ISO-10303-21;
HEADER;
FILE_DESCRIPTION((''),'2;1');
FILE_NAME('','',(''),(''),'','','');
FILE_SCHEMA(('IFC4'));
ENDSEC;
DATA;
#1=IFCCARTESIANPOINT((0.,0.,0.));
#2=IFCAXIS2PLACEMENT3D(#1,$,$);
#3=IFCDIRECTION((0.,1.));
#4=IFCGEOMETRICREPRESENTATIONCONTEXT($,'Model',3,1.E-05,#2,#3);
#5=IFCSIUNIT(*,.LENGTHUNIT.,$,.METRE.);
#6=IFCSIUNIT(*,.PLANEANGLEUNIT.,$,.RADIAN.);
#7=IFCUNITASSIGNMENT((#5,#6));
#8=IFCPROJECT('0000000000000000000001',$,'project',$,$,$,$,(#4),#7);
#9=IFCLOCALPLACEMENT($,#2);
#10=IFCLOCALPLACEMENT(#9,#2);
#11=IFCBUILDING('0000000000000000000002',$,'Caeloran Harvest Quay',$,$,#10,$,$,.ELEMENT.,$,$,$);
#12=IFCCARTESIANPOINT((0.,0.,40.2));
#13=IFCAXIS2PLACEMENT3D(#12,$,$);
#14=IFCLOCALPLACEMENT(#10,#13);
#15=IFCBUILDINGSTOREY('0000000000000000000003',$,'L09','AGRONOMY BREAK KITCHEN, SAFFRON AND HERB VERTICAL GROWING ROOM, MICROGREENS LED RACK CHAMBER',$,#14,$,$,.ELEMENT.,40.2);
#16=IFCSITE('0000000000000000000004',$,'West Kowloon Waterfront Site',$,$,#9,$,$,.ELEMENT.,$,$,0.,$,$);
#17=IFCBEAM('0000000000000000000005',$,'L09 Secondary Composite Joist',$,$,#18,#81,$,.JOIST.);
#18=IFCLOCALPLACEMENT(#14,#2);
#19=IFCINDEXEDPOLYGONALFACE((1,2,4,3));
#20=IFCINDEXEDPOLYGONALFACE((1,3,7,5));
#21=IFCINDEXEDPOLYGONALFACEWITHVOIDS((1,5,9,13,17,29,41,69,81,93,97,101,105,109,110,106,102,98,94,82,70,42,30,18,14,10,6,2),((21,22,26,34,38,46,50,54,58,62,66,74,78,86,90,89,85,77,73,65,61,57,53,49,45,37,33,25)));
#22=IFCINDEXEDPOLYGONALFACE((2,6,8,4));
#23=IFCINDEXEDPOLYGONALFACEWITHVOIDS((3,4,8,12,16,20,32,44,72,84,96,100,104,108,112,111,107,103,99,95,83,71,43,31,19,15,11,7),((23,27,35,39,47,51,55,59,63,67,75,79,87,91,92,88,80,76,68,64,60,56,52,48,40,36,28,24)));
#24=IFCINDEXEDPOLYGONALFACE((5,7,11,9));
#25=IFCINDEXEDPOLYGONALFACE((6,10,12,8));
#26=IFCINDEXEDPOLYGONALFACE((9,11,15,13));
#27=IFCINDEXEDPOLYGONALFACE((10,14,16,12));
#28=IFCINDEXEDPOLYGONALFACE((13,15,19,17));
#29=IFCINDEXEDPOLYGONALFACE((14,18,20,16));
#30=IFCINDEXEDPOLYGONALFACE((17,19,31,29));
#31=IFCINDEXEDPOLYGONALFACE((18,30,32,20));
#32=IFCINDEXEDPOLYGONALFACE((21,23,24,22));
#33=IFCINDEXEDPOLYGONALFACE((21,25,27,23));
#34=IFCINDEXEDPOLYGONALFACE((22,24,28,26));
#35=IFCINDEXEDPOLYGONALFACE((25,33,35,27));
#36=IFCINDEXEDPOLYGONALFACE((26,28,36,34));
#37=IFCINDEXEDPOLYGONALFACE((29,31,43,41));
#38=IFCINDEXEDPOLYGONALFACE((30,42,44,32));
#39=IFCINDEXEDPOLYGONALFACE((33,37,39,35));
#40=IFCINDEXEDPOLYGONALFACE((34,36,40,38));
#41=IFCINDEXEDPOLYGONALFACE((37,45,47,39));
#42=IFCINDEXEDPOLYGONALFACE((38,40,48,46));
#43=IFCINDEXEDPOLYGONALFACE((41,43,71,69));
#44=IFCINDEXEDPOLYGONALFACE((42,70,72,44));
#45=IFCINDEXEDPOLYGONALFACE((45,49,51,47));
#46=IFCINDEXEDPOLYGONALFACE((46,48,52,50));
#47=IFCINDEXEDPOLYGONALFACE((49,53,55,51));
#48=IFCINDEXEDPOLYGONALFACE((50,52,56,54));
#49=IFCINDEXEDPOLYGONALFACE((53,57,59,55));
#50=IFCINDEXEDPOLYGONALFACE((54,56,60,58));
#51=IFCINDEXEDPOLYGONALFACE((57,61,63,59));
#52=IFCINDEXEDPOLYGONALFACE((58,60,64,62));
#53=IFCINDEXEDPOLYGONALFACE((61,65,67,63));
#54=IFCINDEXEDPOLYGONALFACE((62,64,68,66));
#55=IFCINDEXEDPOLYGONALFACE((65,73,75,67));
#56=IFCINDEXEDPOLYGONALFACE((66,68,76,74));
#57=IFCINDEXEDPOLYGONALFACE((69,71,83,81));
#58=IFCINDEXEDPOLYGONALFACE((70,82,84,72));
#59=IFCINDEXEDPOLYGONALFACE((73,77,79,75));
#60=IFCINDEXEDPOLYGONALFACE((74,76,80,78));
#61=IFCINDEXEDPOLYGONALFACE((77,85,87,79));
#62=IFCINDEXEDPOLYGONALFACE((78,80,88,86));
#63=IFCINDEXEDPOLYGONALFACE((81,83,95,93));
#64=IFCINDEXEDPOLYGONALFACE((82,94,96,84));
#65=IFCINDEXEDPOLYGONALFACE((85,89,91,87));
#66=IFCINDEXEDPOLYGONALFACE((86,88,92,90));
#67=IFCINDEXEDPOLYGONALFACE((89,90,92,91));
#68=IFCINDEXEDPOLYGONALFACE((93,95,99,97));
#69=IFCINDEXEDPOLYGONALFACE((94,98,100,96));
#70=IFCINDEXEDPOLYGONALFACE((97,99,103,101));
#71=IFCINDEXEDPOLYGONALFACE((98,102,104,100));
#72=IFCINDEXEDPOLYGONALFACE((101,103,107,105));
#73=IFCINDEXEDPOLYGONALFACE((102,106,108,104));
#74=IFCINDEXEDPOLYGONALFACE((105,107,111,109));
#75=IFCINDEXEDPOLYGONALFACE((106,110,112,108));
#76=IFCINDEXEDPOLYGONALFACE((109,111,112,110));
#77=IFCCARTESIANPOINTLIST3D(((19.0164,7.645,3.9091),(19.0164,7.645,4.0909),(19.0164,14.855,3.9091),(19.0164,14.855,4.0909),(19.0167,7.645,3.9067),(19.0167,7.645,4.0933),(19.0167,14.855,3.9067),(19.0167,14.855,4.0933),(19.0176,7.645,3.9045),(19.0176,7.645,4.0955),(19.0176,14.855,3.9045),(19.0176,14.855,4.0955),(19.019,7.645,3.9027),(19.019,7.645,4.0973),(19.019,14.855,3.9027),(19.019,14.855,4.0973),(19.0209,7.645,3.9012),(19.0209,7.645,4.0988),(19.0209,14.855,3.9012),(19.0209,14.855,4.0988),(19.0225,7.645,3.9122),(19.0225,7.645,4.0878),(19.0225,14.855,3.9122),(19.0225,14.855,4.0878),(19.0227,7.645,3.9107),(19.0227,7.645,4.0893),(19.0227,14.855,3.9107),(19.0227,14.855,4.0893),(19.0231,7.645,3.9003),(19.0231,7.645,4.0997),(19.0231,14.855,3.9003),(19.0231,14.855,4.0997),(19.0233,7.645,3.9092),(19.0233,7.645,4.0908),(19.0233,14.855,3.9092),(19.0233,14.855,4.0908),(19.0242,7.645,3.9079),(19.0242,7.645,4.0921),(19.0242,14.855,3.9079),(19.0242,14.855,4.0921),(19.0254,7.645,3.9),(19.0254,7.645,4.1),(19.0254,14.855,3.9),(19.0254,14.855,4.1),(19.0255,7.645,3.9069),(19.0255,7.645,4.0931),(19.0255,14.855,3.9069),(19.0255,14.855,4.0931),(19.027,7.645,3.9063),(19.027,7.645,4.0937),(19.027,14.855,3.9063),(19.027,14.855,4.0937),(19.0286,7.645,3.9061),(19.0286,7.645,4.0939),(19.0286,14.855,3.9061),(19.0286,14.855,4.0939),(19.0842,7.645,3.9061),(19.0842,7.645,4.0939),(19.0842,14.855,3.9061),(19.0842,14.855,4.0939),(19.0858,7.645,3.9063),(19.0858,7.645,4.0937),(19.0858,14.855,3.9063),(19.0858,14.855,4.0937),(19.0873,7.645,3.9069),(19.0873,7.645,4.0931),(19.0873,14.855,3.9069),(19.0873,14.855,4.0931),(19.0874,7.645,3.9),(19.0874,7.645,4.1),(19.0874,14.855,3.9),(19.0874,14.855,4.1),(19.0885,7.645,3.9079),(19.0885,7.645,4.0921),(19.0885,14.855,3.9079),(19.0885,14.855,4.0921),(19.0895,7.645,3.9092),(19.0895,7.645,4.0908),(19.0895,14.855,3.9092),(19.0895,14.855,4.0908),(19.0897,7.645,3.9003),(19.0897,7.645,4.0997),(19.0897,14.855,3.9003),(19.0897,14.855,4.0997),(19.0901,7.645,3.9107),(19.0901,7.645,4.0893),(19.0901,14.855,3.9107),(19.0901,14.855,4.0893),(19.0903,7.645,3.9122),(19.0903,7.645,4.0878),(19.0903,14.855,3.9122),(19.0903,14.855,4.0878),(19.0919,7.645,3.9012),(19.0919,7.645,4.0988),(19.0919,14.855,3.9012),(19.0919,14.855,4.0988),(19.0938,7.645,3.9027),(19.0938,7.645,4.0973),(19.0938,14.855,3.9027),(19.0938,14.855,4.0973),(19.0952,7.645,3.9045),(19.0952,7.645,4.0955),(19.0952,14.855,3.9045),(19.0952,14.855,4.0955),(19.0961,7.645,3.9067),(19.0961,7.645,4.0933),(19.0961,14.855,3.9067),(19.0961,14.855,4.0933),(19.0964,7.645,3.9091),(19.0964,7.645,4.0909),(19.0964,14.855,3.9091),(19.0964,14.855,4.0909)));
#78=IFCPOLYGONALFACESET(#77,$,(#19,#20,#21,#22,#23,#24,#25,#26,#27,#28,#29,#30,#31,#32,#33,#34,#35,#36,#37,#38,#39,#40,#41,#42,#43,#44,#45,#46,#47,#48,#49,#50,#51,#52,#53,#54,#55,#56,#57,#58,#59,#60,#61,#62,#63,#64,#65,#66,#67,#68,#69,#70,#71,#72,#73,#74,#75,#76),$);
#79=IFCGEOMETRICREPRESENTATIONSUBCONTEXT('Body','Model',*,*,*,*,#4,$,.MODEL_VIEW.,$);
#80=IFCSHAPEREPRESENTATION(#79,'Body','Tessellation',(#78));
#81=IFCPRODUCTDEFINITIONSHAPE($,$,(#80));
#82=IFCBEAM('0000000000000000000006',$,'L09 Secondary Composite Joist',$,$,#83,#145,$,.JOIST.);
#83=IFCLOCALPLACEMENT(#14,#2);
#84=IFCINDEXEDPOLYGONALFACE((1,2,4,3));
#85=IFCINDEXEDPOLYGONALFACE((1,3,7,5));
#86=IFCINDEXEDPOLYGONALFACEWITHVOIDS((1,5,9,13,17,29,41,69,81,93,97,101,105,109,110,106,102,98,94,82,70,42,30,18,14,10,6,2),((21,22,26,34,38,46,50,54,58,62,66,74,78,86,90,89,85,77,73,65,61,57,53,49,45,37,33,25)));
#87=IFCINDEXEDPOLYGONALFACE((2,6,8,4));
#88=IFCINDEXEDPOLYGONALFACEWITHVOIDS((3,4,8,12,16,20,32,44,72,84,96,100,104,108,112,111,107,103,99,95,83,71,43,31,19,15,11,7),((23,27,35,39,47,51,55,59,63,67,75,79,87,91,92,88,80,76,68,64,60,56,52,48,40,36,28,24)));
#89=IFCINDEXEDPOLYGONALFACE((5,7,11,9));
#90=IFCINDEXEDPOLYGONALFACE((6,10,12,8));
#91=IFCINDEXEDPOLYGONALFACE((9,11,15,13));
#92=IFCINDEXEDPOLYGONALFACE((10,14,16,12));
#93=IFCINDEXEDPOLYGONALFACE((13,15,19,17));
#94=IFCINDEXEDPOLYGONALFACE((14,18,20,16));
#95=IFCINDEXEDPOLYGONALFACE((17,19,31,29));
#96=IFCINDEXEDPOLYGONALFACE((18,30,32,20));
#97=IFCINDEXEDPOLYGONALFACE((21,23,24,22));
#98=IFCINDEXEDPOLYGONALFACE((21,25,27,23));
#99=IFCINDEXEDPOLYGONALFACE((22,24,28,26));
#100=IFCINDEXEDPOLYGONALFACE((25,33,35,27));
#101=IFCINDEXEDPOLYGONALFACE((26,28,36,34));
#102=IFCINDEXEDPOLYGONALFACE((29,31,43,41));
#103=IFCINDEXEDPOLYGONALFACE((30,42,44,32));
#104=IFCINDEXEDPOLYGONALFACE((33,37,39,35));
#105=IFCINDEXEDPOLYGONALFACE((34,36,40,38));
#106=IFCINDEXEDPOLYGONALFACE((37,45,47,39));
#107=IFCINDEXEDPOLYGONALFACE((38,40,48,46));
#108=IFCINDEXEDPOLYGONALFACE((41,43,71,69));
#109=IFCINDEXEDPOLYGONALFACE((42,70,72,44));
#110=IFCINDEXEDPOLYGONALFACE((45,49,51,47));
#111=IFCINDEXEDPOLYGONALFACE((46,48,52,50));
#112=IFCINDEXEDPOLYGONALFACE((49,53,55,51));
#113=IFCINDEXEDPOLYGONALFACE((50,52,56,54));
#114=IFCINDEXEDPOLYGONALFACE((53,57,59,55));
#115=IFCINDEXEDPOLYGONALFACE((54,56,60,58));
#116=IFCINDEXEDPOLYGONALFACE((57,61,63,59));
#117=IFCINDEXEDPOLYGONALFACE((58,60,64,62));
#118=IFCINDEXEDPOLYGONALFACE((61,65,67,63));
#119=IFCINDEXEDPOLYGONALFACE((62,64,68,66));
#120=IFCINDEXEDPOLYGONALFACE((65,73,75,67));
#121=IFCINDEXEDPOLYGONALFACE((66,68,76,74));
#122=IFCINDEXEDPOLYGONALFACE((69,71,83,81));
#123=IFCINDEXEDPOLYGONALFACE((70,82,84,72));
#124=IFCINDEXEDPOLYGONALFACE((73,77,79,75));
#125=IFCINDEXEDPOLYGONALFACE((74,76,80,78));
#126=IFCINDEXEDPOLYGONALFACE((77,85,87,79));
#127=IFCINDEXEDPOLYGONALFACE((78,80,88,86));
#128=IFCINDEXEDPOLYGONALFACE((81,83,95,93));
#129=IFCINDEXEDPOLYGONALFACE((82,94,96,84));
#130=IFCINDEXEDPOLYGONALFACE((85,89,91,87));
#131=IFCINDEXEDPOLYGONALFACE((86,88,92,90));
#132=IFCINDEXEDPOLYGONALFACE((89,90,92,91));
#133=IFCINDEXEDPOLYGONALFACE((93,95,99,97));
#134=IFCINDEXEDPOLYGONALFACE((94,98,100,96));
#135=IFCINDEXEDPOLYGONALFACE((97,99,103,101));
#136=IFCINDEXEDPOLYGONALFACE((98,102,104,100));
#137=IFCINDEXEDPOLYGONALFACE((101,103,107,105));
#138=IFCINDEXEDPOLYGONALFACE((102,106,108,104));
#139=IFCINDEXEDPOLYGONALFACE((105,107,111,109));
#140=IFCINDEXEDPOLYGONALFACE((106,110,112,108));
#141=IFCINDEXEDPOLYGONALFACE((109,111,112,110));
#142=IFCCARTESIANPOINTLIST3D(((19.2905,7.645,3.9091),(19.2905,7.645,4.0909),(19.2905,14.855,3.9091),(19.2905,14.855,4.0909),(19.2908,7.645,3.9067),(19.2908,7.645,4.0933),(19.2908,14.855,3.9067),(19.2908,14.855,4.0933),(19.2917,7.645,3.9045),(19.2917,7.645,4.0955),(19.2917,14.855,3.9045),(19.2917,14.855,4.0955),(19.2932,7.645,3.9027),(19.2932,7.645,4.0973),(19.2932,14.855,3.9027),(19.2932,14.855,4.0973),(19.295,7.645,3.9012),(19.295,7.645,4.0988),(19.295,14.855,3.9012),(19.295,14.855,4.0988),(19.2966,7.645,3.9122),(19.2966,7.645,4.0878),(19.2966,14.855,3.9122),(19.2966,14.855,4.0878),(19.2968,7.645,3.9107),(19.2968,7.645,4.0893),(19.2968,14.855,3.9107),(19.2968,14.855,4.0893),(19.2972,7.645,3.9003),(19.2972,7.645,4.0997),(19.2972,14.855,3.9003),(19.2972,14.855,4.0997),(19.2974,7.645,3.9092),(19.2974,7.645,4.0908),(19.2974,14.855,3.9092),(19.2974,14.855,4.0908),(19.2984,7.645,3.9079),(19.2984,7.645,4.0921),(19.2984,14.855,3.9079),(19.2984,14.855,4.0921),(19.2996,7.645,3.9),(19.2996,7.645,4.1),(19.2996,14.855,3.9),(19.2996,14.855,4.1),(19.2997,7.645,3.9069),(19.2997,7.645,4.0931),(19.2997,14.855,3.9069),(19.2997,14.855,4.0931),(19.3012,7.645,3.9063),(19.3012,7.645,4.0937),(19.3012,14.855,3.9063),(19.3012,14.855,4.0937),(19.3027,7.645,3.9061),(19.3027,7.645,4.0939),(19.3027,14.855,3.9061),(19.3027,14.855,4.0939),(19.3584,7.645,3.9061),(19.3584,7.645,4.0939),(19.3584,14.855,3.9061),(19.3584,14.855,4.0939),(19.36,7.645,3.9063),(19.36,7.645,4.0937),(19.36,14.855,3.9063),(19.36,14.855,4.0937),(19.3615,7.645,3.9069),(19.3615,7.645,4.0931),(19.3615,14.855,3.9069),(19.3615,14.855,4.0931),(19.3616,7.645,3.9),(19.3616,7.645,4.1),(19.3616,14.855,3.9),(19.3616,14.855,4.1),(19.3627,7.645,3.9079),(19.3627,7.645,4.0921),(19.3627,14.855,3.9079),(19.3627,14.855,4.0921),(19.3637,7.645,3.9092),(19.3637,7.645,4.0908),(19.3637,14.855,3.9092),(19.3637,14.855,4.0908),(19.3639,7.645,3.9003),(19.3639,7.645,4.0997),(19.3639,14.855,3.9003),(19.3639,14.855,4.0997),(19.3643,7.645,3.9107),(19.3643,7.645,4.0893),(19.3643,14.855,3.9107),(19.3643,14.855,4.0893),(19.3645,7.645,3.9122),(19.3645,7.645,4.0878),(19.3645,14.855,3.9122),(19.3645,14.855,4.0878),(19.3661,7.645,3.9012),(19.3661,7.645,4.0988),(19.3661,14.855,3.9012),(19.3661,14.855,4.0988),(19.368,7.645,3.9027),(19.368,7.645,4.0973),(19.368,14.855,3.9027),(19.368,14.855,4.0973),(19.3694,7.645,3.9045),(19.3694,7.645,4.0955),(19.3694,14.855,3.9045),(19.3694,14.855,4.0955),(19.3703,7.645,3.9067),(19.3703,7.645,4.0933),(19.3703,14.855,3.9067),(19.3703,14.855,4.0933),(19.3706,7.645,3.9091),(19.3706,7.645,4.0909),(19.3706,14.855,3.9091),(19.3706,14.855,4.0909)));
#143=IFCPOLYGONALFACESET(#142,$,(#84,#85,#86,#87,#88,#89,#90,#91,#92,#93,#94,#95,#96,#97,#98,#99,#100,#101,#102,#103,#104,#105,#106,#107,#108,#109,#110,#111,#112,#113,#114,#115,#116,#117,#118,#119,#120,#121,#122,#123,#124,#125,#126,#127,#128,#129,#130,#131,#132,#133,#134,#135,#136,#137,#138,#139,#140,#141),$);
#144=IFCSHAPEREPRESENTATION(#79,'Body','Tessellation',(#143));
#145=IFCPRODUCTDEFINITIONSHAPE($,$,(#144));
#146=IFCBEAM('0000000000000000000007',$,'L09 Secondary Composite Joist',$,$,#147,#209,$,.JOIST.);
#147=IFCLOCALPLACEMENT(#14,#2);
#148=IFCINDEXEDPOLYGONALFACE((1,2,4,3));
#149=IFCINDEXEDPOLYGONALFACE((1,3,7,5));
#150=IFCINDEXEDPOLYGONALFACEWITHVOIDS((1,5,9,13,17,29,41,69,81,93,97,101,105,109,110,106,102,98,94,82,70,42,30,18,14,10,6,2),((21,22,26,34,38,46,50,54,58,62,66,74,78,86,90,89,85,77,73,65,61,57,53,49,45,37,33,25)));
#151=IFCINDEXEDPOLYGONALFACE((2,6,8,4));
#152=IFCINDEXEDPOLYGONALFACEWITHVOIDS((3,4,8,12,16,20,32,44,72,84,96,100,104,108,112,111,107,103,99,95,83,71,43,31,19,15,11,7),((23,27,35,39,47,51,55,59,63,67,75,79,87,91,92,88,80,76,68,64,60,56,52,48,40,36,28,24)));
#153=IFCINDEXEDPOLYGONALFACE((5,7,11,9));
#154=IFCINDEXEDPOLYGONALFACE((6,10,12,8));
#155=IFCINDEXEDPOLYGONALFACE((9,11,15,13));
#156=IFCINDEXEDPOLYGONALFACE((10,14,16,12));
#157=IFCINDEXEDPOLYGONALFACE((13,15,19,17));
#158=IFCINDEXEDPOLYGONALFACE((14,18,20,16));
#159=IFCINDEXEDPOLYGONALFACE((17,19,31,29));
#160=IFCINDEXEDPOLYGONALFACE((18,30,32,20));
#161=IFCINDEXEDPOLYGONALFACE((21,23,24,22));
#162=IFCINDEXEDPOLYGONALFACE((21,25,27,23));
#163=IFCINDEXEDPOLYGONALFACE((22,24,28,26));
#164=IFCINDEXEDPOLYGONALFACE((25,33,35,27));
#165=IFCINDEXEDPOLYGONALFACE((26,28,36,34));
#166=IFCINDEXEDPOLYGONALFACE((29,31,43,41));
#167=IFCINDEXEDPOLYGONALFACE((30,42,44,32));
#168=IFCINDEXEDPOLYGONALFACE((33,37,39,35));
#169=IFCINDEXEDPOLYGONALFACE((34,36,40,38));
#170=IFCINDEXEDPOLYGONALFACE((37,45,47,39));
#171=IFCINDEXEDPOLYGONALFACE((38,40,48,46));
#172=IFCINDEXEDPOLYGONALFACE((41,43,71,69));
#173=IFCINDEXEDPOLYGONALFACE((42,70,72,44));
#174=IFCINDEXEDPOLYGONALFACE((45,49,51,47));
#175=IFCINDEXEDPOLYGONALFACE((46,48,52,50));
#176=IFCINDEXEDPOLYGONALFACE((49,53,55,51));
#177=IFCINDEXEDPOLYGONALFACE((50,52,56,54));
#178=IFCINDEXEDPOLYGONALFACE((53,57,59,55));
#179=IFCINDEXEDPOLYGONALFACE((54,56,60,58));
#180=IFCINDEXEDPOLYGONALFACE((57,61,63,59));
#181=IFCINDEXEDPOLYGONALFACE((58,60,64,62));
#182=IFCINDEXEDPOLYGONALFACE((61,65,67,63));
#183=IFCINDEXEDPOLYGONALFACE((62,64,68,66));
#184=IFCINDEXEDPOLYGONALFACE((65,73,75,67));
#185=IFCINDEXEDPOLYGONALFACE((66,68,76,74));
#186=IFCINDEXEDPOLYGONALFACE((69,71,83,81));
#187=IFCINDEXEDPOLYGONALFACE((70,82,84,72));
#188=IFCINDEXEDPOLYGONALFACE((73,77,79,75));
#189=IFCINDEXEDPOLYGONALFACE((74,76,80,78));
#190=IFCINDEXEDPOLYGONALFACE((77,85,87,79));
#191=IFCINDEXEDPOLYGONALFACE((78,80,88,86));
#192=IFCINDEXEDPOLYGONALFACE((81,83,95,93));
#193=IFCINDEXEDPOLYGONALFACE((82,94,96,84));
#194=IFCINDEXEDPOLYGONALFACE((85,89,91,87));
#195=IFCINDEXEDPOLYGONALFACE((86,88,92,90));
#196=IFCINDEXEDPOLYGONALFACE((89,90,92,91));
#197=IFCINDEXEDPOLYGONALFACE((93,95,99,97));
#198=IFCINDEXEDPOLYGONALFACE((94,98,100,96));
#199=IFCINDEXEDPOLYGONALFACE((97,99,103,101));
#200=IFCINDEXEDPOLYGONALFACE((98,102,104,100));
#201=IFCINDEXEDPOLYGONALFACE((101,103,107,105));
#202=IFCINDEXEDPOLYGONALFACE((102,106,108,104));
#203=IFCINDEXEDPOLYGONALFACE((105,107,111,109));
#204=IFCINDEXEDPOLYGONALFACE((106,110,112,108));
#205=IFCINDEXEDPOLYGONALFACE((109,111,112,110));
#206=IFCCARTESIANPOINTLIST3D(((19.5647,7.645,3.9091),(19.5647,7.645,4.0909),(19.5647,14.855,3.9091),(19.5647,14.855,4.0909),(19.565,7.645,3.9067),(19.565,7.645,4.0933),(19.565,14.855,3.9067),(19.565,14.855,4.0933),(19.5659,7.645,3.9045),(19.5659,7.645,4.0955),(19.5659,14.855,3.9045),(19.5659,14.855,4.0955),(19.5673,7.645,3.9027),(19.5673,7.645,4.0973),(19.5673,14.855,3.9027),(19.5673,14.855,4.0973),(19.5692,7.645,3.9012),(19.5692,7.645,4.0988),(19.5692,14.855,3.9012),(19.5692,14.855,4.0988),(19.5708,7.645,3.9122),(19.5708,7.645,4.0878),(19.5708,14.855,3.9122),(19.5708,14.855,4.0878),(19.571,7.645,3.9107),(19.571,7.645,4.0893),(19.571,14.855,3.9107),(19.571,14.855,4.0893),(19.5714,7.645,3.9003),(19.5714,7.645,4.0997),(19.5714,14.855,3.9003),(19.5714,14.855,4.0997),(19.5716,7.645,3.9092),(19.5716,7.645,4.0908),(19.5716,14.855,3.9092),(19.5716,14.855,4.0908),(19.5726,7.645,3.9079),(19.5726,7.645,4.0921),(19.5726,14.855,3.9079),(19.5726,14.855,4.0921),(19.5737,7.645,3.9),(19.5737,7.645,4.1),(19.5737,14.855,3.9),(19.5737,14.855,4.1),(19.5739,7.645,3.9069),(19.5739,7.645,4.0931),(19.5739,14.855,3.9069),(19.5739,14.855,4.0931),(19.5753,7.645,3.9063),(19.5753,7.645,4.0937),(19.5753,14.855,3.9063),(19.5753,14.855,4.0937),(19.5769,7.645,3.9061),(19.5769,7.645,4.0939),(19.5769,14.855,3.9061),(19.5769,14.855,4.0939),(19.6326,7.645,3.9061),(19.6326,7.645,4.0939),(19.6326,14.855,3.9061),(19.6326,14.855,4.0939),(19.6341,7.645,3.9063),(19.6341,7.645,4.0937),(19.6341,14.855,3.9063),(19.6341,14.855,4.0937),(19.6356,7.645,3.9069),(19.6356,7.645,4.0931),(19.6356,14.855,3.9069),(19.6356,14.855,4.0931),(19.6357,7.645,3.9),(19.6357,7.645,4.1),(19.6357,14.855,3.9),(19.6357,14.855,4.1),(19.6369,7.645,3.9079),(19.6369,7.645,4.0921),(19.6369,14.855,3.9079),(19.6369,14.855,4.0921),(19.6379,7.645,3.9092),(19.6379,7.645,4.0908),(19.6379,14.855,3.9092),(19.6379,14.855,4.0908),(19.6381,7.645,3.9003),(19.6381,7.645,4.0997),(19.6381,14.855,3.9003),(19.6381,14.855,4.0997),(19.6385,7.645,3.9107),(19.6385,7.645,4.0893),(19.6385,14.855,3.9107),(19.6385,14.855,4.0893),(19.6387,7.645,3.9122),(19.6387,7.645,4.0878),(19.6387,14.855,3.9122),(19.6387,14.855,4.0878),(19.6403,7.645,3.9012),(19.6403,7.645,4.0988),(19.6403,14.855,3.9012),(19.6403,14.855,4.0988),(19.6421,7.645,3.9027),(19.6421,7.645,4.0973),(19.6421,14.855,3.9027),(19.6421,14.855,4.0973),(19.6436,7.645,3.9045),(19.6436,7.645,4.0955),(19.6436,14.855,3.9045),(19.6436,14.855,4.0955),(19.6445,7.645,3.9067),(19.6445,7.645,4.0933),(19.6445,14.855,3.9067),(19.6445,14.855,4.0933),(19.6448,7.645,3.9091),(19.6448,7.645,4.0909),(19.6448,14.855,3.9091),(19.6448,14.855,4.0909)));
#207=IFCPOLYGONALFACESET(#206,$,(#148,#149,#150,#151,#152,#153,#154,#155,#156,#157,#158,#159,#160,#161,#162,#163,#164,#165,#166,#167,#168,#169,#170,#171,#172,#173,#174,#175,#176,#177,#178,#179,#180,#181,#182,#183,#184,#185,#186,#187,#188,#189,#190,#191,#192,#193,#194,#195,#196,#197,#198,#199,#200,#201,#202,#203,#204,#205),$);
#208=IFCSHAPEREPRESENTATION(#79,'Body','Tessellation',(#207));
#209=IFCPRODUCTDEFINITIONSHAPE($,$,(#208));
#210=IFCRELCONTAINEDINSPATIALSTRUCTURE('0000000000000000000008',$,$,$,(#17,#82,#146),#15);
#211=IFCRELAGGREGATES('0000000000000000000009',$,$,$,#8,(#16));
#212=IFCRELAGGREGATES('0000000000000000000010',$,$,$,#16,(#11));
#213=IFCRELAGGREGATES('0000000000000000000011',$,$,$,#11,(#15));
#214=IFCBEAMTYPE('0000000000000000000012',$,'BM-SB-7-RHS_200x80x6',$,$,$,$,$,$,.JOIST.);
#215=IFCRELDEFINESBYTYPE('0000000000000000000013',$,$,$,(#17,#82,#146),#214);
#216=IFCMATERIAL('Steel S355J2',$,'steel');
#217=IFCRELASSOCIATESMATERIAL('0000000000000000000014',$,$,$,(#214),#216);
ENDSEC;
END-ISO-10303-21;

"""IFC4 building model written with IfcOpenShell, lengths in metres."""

from ifc_helpers import new_model, si_unit, direction, frame, origin, origin_2d, place, context, subcontext, project, spatial, hollow_rectangle, extrude, material, material_profile, profile_set, type_object, element, save


model = new_model("IFC4")

# Units and contexts
model_context = context("Model", 3, precision=1e-05, world=origin(), true_north=direction((0.0, 1.0)))
body_context = subcontext(model_context, "Body", "Model", "MODEL_VIEW")
ifc_project = project(units=[si_unit("LENGTHUNIT", "METRE"), si_unit("PLANEANGLEUNIT", "RADIAN")], contexts=[model_context])

# Site, building, storey
site_placement = place(None, origin())
site = spatial("IfcSite", under=ifc_project, at=site_placement, Name="West Kowloon Waterfront Site", CompositionType="ELEMENT", RefElevation=0.0)
building_placement = place(site_placement, origin())
building = spatial("IfcBuilding", under=site, at=building_placement, Name="Caeloran Harvest Quay", CompositionType="ELEMENT")
storey_placement = place(building_placement, frame((0.0, 0.0, 40.2)))
storey = spatial("IfcBuildingStorey", under=building, at=storey_placement, Name="L09", Description="AGRONOMY BREAK KITCHEN, SAFFRON AND HERB VERTICAL GROWING ROOM, MICROGREENS LED RACK CHAMBER", CompositionType="ELEMENT", Elevation=40.2)

# Beams
ifc_material_1 = material(Name="Steel S355J2", Category="steel")
ifc_material_profile_1 = material_profile(ifc_material_1, hollow_rectangle(XDim=0.0801, YDim=0.2, WallThickness=0.0061, InnerFilletRadius=0.0061, OuterFilletRadius=0.009, at=origin_2d()), Name="RHS 200x80x6")
ifc_profile_set_1 = profile_set([ifc_material_profile_1], Name="Steel S355J2")
beam_type_1 = type_object("IfcBeamType", Name="BM-SB-7-RHS_200x80x6", PredefinedType="JOIST", material=ifc_profile_set_1)
for number, where, z_axis, x_axis, name in (
    (1, (19.0564, 7.645, 4.0), (0.0, 1.0, 0.0), (-1.0, 0.0, 0.0), "L09 Secondary Composite Joist"),
    (2, (19.3306, 7.645, 4.0), (0.0, 1.0, 0.0), (-1.0, 0.0, 0.0), "L09 Secondary Composite Joist"),
    (3, (19.6047, 7.645, 4.0), (0.0, 1.0, 0.0), (-1.0, 0.0, 0.0), "L09 Secondary Composite Joist"),
):
    element("IfcBeam", number, at=place(storey_placement, frame(where, z_axis=z_axis, x_axis=x_axis)), inside=storey, type_object=beam_type_1, Name=name, PredefinedType="JOIST", context=body_context, shape_type="SweptSolid", body=[
        extrude(hollow_rectangle(XDim=0.0801, YDim=0.2, WallThickness=0.0061, InnerFilletRadius=0.0061, OuterFilletRadius=0.009, at=origin_2d()), origin(), (0.0, 0.0, 1.0), 7.21),
    ])

save(model, "model.ifc")
